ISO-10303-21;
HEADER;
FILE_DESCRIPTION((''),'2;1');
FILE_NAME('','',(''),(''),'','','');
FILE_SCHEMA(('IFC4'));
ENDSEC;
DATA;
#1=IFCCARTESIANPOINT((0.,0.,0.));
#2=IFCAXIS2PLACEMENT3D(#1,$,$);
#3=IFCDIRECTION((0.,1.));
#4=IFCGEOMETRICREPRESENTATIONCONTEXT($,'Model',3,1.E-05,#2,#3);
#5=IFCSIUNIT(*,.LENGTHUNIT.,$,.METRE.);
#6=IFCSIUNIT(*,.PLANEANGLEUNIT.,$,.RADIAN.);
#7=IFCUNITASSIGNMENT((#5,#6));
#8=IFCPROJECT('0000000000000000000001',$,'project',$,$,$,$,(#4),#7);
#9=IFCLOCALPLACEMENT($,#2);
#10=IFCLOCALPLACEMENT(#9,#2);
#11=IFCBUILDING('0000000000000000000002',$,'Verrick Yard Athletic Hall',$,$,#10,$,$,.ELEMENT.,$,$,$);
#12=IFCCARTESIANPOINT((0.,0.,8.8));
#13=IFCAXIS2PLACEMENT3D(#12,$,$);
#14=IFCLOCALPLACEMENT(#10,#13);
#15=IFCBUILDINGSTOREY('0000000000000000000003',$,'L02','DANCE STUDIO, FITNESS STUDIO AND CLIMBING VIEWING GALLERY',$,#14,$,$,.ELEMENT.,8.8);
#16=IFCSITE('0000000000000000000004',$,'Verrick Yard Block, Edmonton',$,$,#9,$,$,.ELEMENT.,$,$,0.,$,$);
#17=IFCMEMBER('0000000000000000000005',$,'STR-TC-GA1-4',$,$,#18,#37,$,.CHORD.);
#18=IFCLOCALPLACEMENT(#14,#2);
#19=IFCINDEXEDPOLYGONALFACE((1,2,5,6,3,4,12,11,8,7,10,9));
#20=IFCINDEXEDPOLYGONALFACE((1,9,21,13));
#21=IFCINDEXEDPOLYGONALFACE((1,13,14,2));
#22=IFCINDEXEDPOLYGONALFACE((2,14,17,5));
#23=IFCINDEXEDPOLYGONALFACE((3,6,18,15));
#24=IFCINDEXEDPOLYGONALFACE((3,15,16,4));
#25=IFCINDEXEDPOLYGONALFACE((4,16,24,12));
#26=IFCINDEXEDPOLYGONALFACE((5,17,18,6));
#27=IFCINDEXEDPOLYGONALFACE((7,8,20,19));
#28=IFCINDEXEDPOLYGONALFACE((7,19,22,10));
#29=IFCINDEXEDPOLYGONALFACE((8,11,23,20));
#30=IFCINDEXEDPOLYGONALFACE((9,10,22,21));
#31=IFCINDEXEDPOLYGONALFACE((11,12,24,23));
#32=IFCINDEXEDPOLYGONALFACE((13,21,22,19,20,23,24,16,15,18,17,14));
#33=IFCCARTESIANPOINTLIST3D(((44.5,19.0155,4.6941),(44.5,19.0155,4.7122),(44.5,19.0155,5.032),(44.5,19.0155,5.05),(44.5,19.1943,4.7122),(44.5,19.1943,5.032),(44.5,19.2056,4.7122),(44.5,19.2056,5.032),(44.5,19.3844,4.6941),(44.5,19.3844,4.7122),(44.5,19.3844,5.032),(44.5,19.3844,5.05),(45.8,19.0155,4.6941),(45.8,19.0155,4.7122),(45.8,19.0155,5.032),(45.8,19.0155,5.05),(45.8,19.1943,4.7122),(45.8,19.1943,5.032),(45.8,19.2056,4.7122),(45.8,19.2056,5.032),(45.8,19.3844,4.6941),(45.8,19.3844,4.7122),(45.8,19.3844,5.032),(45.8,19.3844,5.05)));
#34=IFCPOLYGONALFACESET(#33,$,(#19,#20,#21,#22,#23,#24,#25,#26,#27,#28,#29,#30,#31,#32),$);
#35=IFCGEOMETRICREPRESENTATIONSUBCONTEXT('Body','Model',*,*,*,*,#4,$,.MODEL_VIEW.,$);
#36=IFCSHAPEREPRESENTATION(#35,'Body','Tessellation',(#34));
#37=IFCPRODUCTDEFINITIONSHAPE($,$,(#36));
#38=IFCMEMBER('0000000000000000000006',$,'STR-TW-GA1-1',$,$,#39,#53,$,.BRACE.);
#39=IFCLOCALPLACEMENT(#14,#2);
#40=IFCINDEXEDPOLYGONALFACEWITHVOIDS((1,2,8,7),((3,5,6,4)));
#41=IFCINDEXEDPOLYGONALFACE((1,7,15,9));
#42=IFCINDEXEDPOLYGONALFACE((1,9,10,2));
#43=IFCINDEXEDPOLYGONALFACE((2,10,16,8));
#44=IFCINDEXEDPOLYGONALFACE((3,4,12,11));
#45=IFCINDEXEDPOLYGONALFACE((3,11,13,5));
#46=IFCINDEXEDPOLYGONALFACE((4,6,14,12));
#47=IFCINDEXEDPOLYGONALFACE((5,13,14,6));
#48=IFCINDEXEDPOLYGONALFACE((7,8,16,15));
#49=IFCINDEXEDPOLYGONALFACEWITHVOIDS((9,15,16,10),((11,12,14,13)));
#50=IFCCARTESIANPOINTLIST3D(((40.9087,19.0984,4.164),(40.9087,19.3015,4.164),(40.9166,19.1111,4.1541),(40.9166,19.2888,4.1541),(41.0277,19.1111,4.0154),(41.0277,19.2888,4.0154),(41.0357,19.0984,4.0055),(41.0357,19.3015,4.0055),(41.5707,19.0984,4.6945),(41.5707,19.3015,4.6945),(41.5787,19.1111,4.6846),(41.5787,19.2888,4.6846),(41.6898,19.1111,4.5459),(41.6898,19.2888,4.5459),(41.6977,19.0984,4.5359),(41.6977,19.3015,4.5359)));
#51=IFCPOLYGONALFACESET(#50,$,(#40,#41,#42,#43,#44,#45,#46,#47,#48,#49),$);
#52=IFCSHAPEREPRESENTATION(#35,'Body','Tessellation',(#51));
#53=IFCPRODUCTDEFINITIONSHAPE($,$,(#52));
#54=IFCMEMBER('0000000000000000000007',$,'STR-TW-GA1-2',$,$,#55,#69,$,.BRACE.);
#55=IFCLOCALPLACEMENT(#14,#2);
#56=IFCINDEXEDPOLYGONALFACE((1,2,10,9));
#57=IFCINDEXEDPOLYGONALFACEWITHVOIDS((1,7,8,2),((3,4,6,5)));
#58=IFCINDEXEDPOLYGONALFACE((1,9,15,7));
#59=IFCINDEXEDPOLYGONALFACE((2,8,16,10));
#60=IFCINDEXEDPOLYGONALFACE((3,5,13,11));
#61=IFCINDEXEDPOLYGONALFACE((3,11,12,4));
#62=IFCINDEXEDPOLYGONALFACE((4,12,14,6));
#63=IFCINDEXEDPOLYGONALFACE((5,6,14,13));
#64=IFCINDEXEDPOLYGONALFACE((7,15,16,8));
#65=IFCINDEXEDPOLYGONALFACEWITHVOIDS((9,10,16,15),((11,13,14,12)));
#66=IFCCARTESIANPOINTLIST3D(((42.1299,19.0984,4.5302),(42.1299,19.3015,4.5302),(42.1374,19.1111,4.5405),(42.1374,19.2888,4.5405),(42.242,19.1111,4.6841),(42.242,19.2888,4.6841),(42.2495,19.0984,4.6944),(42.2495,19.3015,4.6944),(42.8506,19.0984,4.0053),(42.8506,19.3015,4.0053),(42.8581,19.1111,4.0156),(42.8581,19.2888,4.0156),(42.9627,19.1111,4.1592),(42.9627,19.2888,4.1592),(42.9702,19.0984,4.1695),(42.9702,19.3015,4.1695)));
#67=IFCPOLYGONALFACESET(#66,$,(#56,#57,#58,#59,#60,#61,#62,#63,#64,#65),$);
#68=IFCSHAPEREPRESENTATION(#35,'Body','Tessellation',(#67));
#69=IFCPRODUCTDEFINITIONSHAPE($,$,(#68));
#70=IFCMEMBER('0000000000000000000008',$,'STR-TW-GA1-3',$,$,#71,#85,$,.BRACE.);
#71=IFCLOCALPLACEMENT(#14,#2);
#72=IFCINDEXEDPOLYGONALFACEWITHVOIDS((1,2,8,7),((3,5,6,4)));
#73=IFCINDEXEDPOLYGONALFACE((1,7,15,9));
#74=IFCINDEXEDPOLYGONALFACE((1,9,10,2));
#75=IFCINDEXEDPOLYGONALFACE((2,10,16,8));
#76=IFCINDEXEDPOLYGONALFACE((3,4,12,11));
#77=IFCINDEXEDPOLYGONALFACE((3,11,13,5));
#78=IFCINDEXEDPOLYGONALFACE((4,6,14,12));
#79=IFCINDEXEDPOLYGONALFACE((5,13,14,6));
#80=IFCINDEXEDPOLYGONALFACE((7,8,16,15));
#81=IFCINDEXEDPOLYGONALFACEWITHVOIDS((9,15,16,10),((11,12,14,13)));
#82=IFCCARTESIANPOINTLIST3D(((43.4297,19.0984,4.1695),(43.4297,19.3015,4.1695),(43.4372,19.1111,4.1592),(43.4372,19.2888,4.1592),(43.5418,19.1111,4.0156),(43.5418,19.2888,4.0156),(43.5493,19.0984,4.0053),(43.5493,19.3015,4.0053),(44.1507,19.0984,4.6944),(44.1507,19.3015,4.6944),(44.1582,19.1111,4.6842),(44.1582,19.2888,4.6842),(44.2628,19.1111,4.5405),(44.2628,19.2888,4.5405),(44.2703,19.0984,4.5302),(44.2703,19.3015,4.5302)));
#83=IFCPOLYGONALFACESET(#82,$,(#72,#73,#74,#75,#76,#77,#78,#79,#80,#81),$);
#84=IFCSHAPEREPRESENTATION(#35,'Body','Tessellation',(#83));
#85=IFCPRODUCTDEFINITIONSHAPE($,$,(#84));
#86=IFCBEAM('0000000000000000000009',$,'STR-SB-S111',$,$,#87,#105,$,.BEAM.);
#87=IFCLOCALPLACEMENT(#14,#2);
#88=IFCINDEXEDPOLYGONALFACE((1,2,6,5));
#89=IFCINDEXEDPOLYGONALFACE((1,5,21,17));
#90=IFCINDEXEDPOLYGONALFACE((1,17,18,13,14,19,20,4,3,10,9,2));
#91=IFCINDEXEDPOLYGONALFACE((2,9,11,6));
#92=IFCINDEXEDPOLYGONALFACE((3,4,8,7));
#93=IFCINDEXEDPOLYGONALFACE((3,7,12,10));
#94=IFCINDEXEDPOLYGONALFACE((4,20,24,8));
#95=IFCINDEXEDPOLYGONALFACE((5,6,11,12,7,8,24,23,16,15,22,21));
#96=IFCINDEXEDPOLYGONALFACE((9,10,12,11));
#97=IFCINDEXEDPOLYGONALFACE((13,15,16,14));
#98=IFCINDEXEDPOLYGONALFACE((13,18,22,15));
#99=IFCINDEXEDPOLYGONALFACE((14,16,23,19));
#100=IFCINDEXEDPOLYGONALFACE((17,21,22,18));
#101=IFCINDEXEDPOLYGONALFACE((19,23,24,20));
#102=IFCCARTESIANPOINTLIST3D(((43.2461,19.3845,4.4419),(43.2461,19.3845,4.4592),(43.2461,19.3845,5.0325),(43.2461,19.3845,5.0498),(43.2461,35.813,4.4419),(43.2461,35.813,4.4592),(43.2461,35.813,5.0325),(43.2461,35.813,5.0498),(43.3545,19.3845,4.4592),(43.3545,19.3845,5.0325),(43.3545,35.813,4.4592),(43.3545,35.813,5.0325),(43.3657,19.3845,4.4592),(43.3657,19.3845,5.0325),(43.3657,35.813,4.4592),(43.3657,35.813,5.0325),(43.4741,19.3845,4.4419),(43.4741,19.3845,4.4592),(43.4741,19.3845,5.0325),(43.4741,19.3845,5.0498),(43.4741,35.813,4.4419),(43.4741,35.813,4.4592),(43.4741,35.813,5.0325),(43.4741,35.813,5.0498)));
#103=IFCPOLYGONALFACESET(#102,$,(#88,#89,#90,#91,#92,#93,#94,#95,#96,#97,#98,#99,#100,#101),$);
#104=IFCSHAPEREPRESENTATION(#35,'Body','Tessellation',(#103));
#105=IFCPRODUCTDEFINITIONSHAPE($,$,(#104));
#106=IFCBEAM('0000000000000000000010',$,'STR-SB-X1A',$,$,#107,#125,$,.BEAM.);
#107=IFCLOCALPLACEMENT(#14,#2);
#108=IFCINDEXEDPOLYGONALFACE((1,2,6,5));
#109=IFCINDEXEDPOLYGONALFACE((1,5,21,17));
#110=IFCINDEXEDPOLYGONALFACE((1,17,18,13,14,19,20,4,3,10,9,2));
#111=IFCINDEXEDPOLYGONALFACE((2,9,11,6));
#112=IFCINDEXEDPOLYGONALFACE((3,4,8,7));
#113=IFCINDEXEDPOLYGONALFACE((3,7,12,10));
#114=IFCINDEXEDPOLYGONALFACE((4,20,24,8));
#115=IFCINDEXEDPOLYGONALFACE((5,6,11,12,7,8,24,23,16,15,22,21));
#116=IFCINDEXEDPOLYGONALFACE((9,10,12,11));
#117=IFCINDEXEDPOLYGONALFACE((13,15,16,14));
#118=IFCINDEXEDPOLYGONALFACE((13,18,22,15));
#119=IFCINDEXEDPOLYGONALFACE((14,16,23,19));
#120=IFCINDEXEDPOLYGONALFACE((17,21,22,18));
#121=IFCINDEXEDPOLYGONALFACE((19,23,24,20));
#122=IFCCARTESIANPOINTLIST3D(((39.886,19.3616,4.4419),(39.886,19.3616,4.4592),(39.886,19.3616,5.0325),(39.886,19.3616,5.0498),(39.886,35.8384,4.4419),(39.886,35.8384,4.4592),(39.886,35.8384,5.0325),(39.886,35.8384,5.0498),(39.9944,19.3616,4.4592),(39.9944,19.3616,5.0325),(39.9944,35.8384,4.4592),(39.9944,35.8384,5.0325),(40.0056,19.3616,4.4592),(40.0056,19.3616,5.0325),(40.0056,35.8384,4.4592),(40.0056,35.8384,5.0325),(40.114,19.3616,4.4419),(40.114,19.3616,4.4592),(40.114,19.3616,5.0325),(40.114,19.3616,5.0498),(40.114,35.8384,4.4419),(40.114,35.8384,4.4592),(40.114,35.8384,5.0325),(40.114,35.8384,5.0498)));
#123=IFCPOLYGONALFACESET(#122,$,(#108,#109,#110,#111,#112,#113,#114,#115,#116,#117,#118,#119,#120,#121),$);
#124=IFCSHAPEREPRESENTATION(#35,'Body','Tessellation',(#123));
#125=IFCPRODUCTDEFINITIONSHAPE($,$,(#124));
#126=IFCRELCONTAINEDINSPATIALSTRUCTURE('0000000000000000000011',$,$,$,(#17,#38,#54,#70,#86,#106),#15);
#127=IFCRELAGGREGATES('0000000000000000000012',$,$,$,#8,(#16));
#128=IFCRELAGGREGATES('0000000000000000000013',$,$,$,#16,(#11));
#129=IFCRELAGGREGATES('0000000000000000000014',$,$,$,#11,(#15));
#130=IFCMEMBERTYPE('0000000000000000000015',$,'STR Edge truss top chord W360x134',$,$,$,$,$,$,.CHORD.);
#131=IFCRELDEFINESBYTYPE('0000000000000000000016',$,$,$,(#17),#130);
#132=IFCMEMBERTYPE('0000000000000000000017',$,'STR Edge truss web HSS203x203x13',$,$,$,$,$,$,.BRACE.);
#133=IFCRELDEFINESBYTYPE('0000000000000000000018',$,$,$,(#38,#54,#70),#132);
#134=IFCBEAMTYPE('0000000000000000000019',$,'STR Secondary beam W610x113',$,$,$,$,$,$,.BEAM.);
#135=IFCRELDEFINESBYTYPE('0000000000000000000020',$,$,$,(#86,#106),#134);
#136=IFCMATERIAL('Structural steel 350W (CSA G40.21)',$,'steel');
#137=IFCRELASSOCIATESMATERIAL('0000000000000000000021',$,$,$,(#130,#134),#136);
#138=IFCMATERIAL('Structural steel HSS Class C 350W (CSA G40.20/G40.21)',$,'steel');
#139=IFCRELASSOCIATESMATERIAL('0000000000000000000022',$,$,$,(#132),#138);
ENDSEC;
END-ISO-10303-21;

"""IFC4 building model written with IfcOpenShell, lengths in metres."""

from ifc_helpers import new_model, si_unit, direction, frame, origin, origin_2d, place, context, subcontext, project, spatial, hollow_rectangle, i_section, extrude, material, material_profile, profile_set, type_object, element, save


model = new_model("IFC4")

# Units and contexts
model_context = context("Model", 3, precision=1e-05, world=origin(), true_north=direction((0.0, 1.0)))
body_context = subcontext(model_context, "Body", "Model", "MODEL_VIEW")
ifc_project = project(units=[si_unit("LENGTHUNIT", "METRE"), si_unit("PLANEANGLEUNIT", "RADIAN")], contexts=[model_context])

# Site, building, storey
site_placement = place(None, origin())
site = spatial("IfcSite", under=ifc_project, at=site_placement, Name="Verrick Yard Block, Edmonton", CompositionType="ELEMENT", RefElevation=0.0)
building_placement = place(site_placement, origin())
building = spatial("IfcBuilding", under=site, at=building_placement, Name="Verrick Yard Athletic Hall", CompositionType="ELEMENT")
storey_placement = place(building_placement, frame((0.0, 0.0, 8.8)))
storey = spatial("IfcBuildingStorey", under=building, at=storey_placement, Name="L02", Description="DANCE STUDIO, FITNESS STUDIO AND CLIMBING VIEWING GALLERY", CompositionType="ELEMENT", Elevation=8.8)

# Shared definitions
ifc_material_1 = material(Name="Structural steel 350W (CSA G40.21)", Category="steel")

# Members
ifc_material_2 = material(Name="Structural steel HSS Class C 350W (CSA G40.20/G40.21)", Category="steel")
ifc_material_profile_1 = material_profile(ifc_material_1, i_section(OverallWidth=0.3689, OverallDepth=0.356, WebThickness=0.0112, FlangeThickness=0.0181, at=origin_2d()), Name="W360x134")
ifc_profile_set_1 = profile_set([ifc_material_profile_1], Name="Structural steel 350W (CSA G40.21)")
member_type_1 = type_object("IfcMemberType", Name="STR Edge truss top chord W360x134", PredefinedType="CHORD", material=ifc_profile_set_1)
for number, where, z_axis, x_axis, name in (
    (1, (44.5, 19.2, 4.8721), (1.0, 0.0, 0.0), (0.0, 1.0, 0.0), "STR-TC-GA1-4"),
):
    element("IfcMember", number, at=place(storey_placement, frame(where, z_axis=z_axis, x_axis=x_axis)), inside=storey, type_object=member_type_1, Name=name, PredefinedType="CHORD", context=body_context, shape_type="SweptSolid", body=[
        extrude(i_section(OverallWidth=0.3689, OverallDepth=0.356, WebThickness=0.0112, FlangeThickness=0.0181, at=origin_2d()), origin(), (0.0, 0.0, 1.0), 1.3),
    ])
ifc_material_profile_2 = material_profile(ifc_material_2, hollow_rectangle(XDim=0.2031, YDim=0.2031, WallThickness=0.0127, at=origin_2d()), Name="HSS203x203x13")
ifc_profile_set_2 = profile_set([ifc_material_profile_2], Name="Structural steel HSS Class C 350W (CSA G40.20/G40.21)")
member_type_2 = type_object("IfcMemberType", Name="STR Edge truss web HSS203x203x13", PredefinedType="BRACE", material=ifc_profile_set_2)
member_1_placement = place(storey_placement, frame((40.9722, 19.2, 4.0847), z_axis=(0.780391, 0.0, 0.625291), x_axis=(0.0, 1.0, 0.0)))
element("IfcMember", 2, at=member_1_placement, inside=storey, type_object=member_type_2, Name="STR-TW-GA1-1", PredefinedType="BRACE", context=body_context, shape_type="SweptSolid", body=[
    extrude(hollow_rectangle(XDim=0.2031, YDim=0.2031, WallThickness=0.0127, at=origin_2d()), origin(), (0.0, 0.0, 1.0), 0.8484),
])
member_2_placement = place(storey_placement, frame((42.1897, 19.2, 4.6123), z_axis=(0.808333, 0.0, -0.588725), x_axis=(0.0, 1.0, 0.0)))
element("IfcMember", 3, at=member_2_placement, inside=storey, type_object=member_type_2, Name="STR-TW-GA1-2", PredefinedType="BRACE", context=body_context, shape_type="SweptSolid", body=[
    extrude(hollow_rectangle(XDim=0.2031, YDim=0.2031, WallThickness=0.0127, at=origin_2d()), origin(), (0.0, 0.0, 1.0), 0.8916),
])
member_3_placement = place(storey_placement, frame((43.4895, 19.2, 4.0874), z_axis=(0.808428, 0.0, 0.588595), x_axis=(0.0, 1.0, 0.0)))
element("IfcMember", 4, at=member_3_placement, inside=storey, type_object=member_type_2, Name="STR-TW-GA1-3", PredefinedType="BRACE", context=body_context, shape_type="SweptSolid", body=[
    extrude(hollow_rectangle(XDim=0.2031, YDim=0.2031, WallThickness=0.0127, at=origin_2d()), origin(), (0.0, 0.0, 1.0), 0.8918),
])

# Beams
ifc_material_profile_3 = material_profile(ifc_material_1, i_section(OverallWidth=0.228, OverallDepth=0.6079, WebThickness=0.0112, FlangeThickness=0.0173, at=origin_2d()), Name="W610x113")
ifc_profile_set_3 = profile_set([ifc_material_profile_3], Name="Structural steel 350W (CSA G40.21)")
beam_type = type_object("IfcBeamType", Name="STR Secondary beam W610x113", PredefinedType="BEAM", material=ifc_profile_set_3)
beam_1_placement = place(storey_placement, frame((43.3601, 19.3845, 4.7458), z_axis=(0.0, 1.0, 0.0), x_axis=(-1.0, 0.0, 0.0)))
element("IfcBeam", 5, at=beam_1_placement, inside=storey, type_object=beam_type, Name="STR-SB-S111", PredefinedType="BEAM", context=body_context, shape_type="SweptSolid", body=[
    extrude(i_section(OverallWidth=0.228, OverallDepth=0.6079, WebThickness=0.0112, FlangeThickness=0.0173, at=origin_2d()), origin(), (0.0, 0.0, 1.0), 16.4285),
])
beam_2_placement = place(storey_placement, frame((40.0, 19.3616, 4.7458), z_axis=(0.0, 1.0, 0.0), x_axis=(-1.0, 0.0, 0.0)))
element("IfcBeam", 6, at=beam_2_placement, inside=storey, type_object=beam_type, Name="STR-SB-X1A", PredefinedType="BEAM", context=body_context, shape_type="SweptSolid", body=[
    extrude(i_section(OverallWidth=0.228, OverallDepth=0.6079, WebThickness=0.0112, FlangeThickness=0.0173, at=origin_2d()), origin(), (0.0, 0.0, 1.0), 16.4768),
])

save(model, "model.ifc")
